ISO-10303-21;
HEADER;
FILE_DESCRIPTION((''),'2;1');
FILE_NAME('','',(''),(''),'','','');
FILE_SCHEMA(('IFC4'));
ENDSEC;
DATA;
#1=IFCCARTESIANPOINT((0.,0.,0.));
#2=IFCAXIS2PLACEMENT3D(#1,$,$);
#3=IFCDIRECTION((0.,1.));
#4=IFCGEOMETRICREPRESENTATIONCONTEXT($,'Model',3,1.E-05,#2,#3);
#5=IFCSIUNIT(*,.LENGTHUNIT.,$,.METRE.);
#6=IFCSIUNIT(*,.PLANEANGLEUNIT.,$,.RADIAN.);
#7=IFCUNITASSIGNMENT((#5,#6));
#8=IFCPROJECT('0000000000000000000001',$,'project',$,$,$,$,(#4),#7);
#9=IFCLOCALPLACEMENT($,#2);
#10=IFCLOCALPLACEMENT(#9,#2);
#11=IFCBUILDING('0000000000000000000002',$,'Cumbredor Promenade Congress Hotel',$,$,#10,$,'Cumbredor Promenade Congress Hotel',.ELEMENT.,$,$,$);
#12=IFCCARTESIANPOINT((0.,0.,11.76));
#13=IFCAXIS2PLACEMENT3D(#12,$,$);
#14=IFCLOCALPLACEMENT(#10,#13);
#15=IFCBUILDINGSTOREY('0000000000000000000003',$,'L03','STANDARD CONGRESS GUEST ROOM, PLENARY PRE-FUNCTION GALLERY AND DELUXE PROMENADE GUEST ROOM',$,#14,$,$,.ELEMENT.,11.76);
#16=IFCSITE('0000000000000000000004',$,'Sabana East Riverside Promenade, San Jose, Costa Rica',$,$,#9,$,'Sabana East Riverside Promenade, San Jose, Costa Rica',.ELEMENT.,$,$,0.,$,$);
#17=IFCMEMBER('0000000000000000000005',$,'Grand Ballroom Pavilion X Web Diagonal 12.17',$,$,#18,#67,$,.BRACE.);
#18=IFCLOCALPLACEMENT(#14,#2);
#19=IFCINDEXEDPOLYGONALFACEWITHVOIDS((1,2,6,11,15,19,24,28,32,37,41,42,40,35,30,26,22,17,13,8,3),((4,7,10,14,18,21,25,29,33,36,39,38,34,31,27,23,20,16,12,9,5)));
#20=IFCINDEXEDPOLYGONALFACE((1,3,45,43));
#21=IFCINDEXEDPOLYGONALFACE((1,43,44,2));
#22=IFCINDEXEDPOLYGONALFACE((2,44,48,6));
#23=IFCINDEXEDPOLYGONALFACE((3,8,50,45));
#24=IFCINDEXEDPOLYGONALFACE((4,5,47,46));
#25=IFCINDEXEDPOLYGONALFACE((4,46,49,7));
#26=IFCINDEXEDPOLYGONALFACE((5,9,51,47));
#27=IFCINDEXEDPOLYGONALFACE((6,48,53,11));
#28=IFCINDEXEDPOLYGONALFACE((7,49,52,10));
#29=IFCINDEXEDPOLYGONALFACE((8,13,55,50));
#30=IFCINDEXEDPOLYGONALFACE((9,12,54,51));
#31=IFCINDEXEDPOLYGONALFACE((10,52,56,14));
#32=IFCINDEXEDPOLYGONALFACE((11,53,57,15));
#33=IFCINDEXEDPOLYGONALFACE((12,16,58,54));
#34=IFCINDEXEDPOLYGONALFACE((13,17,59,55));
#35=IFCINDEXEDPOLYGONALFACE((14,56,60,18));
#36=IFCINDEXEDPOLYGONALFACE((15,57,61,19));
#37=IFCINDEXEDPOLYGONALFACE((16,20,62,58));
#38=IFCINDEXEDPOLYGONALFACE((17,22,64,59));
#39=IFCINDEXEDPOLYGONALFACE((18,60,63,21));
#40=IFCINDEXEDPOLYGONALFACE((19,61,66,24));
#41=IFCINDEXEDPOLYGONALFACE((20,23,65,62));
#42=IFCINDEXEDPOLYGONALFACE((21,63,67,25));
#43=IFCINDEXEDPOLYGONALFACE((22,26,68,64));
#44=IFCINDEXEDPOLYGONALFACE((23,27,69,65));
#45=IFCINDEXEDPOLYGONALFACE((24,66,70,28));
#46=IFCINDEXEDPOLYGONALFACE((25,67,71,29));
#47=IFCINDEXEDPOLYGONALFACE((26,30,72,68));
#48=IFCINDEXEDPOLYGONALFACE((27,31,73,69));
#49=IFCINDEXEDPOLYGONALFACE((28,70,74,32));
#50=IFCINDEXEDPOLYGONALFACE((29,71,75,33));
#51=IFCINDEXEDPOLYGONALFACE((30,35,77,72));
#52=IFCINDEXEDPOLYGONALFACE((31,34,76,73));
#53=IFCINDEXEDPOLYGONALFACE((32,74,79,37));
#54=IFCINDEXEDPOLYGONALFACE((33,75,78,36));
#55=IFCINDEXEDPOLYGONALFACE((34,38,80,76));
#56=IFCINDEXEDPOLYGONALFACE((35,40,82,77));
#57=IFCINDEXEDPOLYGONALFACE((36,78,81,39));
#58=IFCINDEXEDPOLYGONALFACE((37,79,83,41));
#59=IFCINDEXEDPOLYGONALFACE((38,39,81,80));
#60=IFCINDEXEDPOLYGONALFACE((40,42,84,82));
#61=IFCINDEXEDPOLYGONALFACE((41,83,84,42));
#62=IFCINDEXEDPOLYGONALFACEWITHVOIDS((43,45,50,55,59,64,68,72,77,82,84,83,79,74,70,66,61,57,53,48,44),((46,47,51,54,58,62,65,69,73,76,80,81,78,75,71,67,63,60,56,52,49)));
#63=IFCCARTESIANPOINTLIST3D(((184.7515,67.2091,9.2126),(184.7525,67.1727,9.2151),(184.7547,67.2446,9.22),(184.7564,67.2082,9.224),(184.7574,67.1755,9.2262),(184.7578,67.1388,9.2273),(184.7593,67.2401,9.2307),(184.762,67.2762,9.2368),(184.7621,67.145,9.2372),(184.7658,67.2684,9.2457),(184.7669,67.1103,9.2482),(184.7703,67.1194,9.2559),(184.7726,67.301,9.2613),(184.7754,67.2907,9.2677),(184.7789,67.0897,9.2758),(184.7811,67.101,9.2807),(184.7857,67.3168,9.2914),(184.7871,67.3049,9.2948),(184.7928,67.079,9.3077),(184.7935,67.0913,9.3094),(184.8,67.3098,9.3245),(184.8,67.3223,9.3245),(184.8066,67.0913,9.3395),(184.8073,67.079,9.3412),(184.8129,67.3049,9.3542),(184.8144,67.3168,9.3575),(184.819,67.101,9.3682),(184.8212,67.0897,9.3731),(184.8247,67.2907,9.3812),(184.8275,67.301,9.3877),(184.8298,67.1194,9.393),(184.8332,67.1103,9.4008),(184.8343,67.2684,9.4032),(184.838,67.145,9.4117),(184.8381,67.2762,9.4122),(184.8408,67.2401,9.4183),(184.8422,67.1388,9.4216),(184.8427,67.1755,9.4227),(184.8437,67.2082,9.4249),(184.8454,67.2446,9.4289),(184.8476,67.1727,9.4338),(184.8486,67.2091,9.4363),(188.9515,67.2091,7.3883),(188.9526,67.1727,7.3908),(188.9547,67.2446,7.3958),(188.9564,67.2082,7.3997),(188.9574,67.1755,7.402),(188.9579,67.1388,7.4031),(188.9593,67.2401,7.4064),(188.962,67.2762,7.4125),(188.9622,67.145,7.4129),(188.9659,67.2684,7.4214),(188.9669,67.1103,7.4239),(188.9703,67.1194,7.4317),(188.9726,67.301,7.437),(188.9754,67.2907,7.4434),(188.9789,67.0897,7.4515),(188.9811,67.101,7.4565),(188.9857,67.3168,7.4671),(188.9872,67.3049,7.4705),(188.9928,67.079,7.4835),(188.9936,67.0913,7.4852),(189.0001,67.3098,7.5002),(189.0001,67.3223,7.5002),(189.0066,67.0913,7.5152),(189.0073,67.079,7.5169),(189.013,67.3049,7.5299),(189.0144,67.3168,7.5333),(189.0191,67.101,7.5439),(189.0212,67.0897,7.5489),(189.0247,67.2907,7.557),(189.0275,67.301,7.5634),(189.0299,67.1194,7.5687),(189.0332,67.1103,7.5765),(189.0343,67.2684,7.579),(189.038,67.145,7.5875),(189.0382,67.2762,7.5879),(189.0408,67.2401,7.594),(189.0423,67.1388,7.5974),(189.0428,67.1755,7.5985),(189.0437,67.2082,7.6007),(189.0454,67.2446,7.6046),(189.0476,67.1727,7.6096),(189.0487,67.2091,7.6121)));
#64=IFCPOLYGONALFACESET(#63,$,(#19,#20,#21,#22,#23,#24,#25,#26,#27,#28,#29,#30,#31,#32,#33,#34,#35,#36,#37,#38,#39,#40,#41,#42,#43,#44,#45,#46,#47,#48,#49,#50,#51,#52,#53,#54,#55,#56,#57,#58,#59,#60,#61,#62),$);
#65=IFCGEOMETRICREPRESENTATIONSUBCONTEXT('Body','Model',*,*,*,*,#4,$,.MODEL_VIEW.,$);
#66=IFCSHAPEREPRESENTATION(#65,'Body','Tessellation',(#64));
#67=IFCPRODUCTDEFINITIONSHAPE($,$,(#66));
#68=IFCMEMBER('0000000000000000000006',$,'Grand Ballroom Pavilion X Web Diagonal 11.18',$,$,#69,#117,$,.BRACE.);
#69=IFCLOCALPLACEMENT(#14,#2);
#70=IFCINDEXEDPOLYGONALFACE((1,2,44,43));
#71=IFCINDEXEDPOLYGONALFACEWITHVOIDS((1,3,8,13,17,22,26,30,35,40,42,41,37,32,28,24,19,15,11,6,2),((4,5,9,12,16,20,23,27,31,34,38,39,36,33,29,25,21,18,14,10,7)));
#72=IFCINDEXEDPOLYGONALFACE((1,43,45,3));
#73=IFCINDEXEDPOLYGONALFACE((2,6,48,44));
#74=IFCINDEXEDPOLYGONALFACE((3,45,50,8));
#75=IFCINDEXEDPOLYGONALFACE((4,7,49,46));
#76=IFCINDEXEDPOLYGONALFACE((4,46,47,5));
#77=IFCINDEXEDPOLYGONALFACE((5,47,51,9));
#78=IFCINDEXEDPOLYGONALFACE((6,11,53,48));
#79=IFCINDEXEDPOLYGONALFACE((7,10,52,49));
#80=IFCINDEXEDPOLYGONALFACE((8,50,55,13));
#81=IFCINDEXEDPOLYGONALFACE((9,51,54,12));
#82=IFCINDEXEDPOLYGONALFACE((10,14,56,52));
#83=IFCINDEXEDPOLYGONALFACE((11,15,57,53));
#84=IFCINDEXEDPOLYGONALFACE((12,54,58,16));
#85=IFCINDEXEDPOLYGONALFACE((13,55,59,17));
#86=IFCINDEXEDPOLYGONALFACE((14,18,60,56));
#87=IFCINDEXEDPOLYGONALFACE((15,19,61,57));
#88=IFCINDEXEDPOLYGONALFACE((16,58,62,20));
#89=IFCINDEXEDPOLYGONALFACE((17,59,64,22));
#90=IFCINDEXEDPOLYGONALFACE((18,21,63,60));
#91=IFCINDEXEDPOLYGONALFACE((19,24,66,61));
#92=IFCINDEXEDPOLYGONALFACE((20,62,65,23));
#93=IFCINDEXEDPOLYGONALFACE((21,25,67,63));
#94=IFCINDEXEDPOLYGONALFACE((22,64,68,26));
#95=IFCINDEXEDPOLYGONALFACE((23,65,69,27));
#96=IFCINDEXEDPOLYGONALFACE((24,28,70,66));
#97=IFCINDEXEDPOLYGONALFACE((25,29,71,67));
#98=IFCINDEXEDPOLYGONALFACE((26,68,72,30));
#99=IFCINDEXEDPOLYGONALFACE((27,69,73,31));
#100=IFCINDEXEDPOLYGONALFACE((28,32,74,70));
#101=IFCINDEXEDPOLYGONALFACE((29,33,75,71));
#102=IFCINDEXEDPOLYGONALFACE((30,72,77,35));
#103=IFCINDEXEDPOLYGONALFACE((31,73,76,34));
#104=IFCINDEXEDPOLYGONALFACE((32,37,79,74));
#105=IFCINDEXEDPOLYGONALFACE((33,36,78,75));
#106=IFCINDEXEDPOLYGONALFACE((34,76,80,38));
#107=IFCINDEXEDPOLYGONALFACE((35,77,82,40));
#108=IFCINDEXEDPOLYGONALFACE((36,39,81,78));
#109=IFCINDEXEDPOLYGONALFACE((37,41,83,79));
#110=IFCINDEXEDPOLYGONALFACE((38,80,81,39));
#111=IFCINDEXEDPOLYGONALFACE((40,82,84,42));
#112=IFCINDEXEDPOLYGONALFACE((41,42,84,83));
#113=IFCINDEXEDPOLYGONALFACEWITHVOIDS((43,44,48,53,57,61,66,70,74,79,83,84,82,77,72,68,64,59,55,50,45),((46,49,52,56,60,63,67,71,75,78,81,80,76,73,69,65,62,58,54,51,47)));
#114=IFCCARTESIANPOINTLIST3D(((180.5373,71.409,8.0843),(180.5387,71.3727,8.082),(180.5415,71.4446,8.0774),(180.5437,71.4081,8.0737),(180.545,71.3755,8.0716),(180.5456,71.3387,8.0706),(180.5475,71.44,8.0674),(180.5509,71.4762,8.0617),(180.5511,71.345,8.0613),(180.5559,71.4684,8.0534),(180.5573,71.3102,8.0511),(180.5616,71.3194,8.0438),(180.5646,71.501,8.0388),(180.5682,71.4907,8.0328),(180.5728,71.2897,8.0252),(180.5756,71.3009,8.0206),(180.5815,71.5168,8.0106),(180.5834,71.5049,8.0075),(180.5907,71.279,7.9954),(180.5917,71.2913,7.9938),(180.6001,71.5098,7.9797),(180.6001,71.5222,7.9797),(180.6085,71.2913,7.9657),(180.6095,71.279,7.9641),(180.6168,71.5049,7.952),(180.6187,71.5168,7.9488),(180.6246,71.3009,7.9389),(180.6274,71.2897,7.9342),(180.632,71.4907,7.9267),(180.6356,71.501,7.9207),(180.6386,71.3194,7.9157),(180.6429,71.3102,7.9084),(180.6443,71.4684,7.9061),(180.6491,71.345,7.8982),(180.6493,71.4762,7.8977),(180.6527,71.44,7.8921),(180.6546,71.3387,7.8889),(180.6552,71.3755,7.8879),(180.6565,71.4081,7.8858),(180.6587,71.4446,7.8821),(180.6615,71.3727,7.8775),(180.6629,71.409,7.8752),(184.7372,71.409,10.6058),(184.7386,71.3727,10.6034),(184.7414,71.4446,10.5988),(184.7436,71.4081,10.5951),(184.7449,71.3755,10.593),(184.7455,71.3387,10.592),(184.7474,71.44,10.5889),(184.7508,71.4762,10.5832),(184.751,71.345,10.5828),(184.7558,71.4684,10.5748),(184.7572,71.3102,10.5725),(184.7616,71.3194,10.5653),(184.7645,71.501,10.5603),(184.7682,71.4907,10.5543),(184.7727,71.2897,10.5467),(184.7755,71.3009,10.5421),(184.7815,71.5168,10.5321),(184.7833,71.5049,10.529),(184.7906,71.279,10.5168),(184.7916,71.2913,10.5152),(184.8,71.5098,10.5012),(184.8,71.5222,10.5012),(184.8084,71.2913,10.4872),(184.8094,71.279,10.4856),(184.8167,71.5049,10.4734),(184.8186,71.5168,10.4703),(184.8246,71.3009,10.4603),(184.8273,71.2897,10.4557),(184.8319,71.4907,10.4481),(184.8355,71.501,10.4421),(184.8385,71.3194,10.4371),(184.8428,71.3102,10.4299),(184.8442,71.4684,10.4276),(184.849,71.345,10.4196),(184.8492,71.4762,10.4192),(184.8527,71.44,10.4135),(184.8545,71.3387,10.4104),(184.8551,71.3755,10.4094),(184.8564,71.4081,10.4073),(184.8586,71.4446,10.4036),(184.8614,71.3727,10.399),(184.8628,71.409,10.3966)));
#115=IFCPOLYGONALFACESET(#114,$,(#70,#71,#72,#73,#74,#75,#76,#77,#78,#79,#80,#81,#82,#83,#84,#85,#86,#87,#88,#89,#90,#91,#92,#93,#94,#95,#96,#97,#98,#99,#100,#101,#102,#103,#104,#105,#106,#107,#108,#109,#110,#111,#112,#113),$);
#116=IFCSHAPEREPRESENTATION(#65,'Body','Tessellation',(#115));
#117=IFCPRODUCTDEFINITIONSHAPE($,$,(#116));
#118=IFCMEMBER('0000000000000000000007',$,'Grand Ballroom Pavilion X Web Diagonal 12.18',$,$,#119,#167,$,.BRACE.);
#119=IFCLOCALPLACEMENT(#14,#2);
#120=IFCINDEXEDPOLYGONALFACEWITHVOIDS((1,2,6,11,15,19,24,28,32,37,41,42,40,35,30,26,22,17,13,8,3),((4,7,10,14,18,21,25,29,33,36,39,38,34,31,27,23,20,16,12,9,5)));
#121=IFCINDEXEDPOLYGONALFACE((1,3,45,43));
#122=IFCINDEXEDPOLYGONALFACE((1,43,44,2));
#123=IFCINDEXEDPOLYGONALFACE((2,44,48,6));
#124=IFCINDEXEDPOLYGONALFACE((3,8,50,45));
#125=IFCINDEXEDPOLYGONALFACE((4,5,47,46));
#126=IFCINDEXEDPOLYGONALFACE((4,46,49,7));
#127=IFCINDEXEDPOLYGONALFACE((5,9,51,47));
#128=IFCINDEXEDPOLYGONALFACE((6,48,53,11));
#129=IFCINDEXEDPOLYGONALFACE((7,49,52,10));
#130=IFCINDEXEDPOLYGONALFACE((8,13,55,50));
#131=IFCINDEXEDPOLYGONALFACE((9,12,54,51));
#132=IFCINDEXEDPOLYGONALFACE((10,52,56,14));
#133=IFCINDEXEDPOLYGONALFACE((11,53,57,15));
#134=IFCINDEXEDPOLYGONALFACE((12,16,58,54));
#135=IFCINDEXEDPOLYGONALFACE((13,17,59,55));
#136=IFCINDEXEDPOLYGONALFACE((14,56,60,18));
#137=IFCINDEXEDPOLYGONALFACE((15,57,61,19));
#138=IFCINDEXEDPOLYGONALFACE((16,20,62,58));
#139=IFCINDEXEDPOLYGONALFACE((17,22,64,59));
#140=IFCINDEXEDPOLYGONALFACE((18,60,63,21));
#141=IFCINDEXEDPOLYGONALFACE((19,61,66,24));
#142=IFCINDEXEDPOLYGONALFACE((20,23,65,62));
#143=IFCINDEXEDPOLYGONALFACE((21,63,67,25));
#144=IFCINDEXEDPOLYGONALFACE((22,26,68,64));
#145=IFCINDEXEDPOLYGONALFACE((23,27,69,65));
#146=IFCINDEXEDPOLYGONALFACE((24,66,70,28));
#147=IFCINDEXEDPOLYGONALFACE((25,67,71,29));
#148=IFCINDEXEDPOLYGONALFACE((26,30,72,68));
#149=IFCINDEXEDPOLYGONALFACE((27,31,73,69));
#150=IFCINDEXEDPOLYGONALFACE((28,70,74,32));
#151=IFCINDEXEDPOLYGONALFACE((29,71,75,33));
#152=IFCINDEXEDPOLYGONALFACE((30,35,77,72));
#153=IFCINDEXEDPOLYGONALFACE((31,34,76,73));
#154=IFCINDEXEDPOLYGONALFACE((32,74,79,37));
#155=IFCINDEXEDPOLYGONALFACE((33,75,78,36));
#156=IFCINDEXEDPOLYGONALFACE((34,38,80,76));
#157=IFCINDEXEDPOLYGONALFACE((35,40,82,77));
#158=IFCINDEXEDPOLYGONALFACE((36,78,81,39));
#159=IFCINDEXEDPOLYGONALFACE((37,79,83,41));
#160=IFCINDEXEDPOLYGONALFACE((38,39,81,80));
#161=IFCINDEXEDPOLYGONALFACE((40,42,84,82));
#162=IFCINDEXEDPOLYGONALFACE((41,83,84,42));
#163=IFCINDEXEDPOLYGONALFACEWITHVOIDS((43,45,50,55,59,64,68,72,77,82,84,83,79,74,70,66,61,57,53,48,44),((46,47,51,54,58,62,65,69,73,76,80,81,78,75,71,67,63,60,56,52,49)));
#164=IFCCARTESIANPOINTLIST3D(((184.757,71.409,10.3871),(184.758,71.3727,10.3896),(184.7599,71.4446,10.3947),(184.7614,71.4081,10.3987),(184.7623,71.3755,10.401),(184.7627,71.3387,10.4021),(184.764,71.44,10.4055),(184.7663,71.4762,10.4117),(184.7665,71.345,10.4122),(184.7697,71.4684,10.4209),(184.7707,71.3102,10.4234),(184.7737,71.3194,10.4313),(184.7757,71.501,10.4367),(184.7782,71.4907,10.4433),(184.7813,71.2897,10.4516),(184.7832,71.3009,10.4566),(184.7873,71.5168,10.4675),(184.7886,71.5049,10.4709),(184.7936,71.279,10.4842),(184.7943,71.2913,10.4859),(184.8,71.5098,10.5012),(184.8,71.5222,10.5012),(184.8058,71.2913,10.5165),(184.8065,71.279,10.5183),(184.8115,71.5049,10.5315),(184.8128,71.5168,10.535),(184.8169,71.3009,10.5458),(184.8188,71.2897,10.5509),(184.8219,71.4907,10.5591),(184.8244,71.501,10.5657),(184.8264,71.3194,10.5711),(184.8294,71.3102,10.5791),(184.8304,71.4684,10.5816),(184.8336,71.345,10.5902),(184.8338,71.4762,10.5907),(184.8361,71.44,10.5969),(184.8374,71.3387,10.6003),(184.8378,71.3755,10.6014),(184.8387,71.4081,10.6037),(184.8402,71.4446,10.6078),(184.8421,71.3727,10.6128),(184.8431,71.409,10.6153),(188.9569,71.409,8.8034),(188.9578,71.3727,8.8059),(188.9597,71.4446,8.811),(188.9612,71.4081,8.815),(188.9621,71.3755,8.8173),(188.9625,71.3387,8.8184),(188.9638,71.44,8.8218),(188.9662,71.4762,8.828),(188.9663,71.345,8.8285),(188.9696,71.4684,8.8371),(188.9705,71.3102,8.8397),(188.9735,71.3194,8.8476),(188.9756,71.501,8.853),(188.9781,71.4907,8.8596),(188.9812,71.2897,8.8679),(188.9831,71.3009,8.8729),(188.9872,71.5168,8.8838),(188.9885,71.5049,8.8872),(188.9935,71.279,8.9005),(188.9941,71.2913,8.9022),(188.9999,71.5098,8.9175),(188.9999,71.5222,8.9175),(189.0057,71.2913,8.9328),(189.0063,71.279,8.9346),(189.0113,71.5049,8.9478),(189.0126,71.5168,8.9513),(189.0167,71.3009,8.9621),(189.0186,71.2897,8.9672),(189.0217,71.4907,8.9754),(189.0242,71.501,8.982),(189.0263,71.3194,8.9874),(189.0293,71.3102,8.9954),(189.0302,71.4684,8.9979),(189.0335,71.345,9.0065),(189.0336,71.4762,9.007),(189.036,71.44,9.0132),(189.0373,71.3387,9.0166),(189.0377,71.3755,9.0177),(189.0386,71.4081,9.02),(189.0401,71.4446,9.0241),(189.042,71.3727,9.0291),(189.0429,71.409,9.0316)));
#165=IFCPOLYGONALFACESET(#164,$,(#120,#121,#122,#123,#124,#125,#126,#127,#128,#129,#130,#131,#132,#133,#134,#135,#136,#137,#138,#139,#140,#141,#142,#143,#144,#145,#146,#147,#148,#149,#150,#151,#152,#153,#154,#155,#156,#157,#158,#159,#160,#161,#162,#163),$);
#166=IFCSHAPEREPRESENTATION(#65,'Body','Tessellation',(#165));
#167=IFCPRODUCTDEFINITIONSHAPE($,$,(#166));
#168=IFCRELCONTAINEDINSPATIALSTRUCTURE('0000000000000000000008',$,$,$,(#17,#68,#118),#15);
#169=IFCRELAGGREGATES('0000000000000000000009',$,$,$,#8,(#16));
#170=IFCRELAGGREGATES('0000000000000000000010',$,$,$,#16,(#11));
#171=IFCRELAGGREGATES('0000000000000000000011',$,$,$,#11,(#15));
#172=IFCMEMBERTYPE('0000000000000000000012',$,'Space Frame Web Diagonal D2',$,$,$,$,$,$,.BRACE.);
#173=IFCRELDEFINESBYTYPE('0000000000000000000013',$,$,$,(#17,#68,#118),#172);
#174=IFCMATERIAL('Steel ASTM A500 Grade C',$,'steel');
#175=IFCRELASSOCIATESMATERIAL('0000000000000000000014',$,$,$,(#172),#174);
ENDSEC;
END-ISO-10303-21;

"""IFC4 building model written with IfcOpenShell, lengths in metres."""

from ifc_helpers import new_model, si_unit, direction, frame, origin, origin_2d, place, context, subcontext, project, spatial, hollow_circle, extrude, material, material_profile, profile_set, type_object, element, save


model = new_model("IFC4")

# Units and contexts
model_context = context("Model", 3, precision=1e-05, world=origin(), true_north=direction((0.0, 1.0)))
body_context = subcontext(model_context, "Body", "Model", "MODEL_VIEW")
ifc_project = project(units=[si_unit("LENGTHUNIT", "METRE"), si_unit("PLANEANGLEUNIT", "RADIAN")], contexts=[model_context])

# Site, building, storey
site_placement = place(None, origin())
site = spatial("IfcSite", under=ifc_project, at=site_placement, Name="Sabana East Riverside Promenade, San Jose, Costa Rica", LongName="Sabana East Riverside Promenade, San Jose, Costa Rica", CompositionType="ELEMENT", RefElevation=0.0)
building_placement = place(site_placement, origin())
building = spatial("IfcBuilding", under=site, at=building_placement, Name="Cumbredor Promenade Congress Hotel", LongName="Cumbredor Promenade Congress Hotel", CompositionType="ELEMENT")
storey_placement = place(building_placement, frame((0.0, 0.0, 11.76)))
storey = spatial("IfcBuildingStorey", under=building, at=storey_placement, Name="L03", Description="STANDARD CONGRESS GUEST ROOM, PLENARY PRE-FUNCTION GALLERY AND DELUXE PROMENADE GUEST ROOM", CompositionType="ELEMENT", Elevation=11.76)

# Shared definitions
ifc_material_1 = material(Name="Steel ASTM A500 Grade C", Category="steel")

# Members
ifc_material_profile_1 = material_profile(ifc_material_1, hollow_circle(Radius=0.1223, WallThickness=0.0125, at=origin_2d()), Name="CHS 244.5x12.5")
ifc_profile_set_1 = profile_set([ifc_material_profile_1], Name="Steel ASTM A500 Grade C")
member_type_1 = type_object("IfcMemberType", Name="Space Frame Web Diagonal D2", PredefinedType="BRACE", material=ifc_profile_set_1)
member_1_placement = place(storey_placement, frame((184.8, 67.2, 9.3245), z_axis=(0.917217, 0.0, -0.398387), x_axis=(0.0, 1.0, 0.0)))
element("IfcMember", 1, at=member_1_placement, inside=storey, type_object=member_type_1, Name="Grand Ballroom Pavilion X Web Diagonal 12.17", PredefinedType="BRACE", context=body_context, shape_type="SweptSolid", body=[
    extrude(hollow_circle(Radius=0.1223, WallThickness=0.0125, at=origin_2d()), origin(), (0.0, 0.0, 1.0), 4.5791),
])
member_2_placement = place(storey_placement, frame((180.6001, 71.3999, 7.9797), z_axis=(0.857357, 0.0, 0.514723), x_axis=(0.0, 1.0, 0.0)))
element("IfcMember", 2, at=member_2_placement, inside=storey, type_object=member_type_1, Name="Grand Ballroom Pavilion X Web Diagonal 11.18", PredefinedType="BRACE", context=body_context, shape_type="SweptSolid", body=[
    extrude(hollow_circle(Radius=0.1223, WallThickness=0.0125, at=origin_2d()), origin(), (0.0, 0.0, 1.0), 4.8987),
])
member_3_placement = place(storey_placement, frame((184.8, 71.3999, 10.5012), z_axis=(0.935686, 0.0, -0.352834), x_axis=(0.0, 1.0, 0.0)))
element("IfcMember", 3, at=member_3_placement, inside=storey, type_object=member_type_1, Name="Grand Ballroom Pavilion X Web Diagonal 12.18", PredefinedType="BRACE", context=body_context, shape_type="SweptSolid", body=[
    extrude(hollow_circle(Radius=0.1223, WallThickness=0.0125, at=origin_2d()), origin(), (0.0, 0.0, 1.0), 4.4885),
])

save(model, "model.ifc")
